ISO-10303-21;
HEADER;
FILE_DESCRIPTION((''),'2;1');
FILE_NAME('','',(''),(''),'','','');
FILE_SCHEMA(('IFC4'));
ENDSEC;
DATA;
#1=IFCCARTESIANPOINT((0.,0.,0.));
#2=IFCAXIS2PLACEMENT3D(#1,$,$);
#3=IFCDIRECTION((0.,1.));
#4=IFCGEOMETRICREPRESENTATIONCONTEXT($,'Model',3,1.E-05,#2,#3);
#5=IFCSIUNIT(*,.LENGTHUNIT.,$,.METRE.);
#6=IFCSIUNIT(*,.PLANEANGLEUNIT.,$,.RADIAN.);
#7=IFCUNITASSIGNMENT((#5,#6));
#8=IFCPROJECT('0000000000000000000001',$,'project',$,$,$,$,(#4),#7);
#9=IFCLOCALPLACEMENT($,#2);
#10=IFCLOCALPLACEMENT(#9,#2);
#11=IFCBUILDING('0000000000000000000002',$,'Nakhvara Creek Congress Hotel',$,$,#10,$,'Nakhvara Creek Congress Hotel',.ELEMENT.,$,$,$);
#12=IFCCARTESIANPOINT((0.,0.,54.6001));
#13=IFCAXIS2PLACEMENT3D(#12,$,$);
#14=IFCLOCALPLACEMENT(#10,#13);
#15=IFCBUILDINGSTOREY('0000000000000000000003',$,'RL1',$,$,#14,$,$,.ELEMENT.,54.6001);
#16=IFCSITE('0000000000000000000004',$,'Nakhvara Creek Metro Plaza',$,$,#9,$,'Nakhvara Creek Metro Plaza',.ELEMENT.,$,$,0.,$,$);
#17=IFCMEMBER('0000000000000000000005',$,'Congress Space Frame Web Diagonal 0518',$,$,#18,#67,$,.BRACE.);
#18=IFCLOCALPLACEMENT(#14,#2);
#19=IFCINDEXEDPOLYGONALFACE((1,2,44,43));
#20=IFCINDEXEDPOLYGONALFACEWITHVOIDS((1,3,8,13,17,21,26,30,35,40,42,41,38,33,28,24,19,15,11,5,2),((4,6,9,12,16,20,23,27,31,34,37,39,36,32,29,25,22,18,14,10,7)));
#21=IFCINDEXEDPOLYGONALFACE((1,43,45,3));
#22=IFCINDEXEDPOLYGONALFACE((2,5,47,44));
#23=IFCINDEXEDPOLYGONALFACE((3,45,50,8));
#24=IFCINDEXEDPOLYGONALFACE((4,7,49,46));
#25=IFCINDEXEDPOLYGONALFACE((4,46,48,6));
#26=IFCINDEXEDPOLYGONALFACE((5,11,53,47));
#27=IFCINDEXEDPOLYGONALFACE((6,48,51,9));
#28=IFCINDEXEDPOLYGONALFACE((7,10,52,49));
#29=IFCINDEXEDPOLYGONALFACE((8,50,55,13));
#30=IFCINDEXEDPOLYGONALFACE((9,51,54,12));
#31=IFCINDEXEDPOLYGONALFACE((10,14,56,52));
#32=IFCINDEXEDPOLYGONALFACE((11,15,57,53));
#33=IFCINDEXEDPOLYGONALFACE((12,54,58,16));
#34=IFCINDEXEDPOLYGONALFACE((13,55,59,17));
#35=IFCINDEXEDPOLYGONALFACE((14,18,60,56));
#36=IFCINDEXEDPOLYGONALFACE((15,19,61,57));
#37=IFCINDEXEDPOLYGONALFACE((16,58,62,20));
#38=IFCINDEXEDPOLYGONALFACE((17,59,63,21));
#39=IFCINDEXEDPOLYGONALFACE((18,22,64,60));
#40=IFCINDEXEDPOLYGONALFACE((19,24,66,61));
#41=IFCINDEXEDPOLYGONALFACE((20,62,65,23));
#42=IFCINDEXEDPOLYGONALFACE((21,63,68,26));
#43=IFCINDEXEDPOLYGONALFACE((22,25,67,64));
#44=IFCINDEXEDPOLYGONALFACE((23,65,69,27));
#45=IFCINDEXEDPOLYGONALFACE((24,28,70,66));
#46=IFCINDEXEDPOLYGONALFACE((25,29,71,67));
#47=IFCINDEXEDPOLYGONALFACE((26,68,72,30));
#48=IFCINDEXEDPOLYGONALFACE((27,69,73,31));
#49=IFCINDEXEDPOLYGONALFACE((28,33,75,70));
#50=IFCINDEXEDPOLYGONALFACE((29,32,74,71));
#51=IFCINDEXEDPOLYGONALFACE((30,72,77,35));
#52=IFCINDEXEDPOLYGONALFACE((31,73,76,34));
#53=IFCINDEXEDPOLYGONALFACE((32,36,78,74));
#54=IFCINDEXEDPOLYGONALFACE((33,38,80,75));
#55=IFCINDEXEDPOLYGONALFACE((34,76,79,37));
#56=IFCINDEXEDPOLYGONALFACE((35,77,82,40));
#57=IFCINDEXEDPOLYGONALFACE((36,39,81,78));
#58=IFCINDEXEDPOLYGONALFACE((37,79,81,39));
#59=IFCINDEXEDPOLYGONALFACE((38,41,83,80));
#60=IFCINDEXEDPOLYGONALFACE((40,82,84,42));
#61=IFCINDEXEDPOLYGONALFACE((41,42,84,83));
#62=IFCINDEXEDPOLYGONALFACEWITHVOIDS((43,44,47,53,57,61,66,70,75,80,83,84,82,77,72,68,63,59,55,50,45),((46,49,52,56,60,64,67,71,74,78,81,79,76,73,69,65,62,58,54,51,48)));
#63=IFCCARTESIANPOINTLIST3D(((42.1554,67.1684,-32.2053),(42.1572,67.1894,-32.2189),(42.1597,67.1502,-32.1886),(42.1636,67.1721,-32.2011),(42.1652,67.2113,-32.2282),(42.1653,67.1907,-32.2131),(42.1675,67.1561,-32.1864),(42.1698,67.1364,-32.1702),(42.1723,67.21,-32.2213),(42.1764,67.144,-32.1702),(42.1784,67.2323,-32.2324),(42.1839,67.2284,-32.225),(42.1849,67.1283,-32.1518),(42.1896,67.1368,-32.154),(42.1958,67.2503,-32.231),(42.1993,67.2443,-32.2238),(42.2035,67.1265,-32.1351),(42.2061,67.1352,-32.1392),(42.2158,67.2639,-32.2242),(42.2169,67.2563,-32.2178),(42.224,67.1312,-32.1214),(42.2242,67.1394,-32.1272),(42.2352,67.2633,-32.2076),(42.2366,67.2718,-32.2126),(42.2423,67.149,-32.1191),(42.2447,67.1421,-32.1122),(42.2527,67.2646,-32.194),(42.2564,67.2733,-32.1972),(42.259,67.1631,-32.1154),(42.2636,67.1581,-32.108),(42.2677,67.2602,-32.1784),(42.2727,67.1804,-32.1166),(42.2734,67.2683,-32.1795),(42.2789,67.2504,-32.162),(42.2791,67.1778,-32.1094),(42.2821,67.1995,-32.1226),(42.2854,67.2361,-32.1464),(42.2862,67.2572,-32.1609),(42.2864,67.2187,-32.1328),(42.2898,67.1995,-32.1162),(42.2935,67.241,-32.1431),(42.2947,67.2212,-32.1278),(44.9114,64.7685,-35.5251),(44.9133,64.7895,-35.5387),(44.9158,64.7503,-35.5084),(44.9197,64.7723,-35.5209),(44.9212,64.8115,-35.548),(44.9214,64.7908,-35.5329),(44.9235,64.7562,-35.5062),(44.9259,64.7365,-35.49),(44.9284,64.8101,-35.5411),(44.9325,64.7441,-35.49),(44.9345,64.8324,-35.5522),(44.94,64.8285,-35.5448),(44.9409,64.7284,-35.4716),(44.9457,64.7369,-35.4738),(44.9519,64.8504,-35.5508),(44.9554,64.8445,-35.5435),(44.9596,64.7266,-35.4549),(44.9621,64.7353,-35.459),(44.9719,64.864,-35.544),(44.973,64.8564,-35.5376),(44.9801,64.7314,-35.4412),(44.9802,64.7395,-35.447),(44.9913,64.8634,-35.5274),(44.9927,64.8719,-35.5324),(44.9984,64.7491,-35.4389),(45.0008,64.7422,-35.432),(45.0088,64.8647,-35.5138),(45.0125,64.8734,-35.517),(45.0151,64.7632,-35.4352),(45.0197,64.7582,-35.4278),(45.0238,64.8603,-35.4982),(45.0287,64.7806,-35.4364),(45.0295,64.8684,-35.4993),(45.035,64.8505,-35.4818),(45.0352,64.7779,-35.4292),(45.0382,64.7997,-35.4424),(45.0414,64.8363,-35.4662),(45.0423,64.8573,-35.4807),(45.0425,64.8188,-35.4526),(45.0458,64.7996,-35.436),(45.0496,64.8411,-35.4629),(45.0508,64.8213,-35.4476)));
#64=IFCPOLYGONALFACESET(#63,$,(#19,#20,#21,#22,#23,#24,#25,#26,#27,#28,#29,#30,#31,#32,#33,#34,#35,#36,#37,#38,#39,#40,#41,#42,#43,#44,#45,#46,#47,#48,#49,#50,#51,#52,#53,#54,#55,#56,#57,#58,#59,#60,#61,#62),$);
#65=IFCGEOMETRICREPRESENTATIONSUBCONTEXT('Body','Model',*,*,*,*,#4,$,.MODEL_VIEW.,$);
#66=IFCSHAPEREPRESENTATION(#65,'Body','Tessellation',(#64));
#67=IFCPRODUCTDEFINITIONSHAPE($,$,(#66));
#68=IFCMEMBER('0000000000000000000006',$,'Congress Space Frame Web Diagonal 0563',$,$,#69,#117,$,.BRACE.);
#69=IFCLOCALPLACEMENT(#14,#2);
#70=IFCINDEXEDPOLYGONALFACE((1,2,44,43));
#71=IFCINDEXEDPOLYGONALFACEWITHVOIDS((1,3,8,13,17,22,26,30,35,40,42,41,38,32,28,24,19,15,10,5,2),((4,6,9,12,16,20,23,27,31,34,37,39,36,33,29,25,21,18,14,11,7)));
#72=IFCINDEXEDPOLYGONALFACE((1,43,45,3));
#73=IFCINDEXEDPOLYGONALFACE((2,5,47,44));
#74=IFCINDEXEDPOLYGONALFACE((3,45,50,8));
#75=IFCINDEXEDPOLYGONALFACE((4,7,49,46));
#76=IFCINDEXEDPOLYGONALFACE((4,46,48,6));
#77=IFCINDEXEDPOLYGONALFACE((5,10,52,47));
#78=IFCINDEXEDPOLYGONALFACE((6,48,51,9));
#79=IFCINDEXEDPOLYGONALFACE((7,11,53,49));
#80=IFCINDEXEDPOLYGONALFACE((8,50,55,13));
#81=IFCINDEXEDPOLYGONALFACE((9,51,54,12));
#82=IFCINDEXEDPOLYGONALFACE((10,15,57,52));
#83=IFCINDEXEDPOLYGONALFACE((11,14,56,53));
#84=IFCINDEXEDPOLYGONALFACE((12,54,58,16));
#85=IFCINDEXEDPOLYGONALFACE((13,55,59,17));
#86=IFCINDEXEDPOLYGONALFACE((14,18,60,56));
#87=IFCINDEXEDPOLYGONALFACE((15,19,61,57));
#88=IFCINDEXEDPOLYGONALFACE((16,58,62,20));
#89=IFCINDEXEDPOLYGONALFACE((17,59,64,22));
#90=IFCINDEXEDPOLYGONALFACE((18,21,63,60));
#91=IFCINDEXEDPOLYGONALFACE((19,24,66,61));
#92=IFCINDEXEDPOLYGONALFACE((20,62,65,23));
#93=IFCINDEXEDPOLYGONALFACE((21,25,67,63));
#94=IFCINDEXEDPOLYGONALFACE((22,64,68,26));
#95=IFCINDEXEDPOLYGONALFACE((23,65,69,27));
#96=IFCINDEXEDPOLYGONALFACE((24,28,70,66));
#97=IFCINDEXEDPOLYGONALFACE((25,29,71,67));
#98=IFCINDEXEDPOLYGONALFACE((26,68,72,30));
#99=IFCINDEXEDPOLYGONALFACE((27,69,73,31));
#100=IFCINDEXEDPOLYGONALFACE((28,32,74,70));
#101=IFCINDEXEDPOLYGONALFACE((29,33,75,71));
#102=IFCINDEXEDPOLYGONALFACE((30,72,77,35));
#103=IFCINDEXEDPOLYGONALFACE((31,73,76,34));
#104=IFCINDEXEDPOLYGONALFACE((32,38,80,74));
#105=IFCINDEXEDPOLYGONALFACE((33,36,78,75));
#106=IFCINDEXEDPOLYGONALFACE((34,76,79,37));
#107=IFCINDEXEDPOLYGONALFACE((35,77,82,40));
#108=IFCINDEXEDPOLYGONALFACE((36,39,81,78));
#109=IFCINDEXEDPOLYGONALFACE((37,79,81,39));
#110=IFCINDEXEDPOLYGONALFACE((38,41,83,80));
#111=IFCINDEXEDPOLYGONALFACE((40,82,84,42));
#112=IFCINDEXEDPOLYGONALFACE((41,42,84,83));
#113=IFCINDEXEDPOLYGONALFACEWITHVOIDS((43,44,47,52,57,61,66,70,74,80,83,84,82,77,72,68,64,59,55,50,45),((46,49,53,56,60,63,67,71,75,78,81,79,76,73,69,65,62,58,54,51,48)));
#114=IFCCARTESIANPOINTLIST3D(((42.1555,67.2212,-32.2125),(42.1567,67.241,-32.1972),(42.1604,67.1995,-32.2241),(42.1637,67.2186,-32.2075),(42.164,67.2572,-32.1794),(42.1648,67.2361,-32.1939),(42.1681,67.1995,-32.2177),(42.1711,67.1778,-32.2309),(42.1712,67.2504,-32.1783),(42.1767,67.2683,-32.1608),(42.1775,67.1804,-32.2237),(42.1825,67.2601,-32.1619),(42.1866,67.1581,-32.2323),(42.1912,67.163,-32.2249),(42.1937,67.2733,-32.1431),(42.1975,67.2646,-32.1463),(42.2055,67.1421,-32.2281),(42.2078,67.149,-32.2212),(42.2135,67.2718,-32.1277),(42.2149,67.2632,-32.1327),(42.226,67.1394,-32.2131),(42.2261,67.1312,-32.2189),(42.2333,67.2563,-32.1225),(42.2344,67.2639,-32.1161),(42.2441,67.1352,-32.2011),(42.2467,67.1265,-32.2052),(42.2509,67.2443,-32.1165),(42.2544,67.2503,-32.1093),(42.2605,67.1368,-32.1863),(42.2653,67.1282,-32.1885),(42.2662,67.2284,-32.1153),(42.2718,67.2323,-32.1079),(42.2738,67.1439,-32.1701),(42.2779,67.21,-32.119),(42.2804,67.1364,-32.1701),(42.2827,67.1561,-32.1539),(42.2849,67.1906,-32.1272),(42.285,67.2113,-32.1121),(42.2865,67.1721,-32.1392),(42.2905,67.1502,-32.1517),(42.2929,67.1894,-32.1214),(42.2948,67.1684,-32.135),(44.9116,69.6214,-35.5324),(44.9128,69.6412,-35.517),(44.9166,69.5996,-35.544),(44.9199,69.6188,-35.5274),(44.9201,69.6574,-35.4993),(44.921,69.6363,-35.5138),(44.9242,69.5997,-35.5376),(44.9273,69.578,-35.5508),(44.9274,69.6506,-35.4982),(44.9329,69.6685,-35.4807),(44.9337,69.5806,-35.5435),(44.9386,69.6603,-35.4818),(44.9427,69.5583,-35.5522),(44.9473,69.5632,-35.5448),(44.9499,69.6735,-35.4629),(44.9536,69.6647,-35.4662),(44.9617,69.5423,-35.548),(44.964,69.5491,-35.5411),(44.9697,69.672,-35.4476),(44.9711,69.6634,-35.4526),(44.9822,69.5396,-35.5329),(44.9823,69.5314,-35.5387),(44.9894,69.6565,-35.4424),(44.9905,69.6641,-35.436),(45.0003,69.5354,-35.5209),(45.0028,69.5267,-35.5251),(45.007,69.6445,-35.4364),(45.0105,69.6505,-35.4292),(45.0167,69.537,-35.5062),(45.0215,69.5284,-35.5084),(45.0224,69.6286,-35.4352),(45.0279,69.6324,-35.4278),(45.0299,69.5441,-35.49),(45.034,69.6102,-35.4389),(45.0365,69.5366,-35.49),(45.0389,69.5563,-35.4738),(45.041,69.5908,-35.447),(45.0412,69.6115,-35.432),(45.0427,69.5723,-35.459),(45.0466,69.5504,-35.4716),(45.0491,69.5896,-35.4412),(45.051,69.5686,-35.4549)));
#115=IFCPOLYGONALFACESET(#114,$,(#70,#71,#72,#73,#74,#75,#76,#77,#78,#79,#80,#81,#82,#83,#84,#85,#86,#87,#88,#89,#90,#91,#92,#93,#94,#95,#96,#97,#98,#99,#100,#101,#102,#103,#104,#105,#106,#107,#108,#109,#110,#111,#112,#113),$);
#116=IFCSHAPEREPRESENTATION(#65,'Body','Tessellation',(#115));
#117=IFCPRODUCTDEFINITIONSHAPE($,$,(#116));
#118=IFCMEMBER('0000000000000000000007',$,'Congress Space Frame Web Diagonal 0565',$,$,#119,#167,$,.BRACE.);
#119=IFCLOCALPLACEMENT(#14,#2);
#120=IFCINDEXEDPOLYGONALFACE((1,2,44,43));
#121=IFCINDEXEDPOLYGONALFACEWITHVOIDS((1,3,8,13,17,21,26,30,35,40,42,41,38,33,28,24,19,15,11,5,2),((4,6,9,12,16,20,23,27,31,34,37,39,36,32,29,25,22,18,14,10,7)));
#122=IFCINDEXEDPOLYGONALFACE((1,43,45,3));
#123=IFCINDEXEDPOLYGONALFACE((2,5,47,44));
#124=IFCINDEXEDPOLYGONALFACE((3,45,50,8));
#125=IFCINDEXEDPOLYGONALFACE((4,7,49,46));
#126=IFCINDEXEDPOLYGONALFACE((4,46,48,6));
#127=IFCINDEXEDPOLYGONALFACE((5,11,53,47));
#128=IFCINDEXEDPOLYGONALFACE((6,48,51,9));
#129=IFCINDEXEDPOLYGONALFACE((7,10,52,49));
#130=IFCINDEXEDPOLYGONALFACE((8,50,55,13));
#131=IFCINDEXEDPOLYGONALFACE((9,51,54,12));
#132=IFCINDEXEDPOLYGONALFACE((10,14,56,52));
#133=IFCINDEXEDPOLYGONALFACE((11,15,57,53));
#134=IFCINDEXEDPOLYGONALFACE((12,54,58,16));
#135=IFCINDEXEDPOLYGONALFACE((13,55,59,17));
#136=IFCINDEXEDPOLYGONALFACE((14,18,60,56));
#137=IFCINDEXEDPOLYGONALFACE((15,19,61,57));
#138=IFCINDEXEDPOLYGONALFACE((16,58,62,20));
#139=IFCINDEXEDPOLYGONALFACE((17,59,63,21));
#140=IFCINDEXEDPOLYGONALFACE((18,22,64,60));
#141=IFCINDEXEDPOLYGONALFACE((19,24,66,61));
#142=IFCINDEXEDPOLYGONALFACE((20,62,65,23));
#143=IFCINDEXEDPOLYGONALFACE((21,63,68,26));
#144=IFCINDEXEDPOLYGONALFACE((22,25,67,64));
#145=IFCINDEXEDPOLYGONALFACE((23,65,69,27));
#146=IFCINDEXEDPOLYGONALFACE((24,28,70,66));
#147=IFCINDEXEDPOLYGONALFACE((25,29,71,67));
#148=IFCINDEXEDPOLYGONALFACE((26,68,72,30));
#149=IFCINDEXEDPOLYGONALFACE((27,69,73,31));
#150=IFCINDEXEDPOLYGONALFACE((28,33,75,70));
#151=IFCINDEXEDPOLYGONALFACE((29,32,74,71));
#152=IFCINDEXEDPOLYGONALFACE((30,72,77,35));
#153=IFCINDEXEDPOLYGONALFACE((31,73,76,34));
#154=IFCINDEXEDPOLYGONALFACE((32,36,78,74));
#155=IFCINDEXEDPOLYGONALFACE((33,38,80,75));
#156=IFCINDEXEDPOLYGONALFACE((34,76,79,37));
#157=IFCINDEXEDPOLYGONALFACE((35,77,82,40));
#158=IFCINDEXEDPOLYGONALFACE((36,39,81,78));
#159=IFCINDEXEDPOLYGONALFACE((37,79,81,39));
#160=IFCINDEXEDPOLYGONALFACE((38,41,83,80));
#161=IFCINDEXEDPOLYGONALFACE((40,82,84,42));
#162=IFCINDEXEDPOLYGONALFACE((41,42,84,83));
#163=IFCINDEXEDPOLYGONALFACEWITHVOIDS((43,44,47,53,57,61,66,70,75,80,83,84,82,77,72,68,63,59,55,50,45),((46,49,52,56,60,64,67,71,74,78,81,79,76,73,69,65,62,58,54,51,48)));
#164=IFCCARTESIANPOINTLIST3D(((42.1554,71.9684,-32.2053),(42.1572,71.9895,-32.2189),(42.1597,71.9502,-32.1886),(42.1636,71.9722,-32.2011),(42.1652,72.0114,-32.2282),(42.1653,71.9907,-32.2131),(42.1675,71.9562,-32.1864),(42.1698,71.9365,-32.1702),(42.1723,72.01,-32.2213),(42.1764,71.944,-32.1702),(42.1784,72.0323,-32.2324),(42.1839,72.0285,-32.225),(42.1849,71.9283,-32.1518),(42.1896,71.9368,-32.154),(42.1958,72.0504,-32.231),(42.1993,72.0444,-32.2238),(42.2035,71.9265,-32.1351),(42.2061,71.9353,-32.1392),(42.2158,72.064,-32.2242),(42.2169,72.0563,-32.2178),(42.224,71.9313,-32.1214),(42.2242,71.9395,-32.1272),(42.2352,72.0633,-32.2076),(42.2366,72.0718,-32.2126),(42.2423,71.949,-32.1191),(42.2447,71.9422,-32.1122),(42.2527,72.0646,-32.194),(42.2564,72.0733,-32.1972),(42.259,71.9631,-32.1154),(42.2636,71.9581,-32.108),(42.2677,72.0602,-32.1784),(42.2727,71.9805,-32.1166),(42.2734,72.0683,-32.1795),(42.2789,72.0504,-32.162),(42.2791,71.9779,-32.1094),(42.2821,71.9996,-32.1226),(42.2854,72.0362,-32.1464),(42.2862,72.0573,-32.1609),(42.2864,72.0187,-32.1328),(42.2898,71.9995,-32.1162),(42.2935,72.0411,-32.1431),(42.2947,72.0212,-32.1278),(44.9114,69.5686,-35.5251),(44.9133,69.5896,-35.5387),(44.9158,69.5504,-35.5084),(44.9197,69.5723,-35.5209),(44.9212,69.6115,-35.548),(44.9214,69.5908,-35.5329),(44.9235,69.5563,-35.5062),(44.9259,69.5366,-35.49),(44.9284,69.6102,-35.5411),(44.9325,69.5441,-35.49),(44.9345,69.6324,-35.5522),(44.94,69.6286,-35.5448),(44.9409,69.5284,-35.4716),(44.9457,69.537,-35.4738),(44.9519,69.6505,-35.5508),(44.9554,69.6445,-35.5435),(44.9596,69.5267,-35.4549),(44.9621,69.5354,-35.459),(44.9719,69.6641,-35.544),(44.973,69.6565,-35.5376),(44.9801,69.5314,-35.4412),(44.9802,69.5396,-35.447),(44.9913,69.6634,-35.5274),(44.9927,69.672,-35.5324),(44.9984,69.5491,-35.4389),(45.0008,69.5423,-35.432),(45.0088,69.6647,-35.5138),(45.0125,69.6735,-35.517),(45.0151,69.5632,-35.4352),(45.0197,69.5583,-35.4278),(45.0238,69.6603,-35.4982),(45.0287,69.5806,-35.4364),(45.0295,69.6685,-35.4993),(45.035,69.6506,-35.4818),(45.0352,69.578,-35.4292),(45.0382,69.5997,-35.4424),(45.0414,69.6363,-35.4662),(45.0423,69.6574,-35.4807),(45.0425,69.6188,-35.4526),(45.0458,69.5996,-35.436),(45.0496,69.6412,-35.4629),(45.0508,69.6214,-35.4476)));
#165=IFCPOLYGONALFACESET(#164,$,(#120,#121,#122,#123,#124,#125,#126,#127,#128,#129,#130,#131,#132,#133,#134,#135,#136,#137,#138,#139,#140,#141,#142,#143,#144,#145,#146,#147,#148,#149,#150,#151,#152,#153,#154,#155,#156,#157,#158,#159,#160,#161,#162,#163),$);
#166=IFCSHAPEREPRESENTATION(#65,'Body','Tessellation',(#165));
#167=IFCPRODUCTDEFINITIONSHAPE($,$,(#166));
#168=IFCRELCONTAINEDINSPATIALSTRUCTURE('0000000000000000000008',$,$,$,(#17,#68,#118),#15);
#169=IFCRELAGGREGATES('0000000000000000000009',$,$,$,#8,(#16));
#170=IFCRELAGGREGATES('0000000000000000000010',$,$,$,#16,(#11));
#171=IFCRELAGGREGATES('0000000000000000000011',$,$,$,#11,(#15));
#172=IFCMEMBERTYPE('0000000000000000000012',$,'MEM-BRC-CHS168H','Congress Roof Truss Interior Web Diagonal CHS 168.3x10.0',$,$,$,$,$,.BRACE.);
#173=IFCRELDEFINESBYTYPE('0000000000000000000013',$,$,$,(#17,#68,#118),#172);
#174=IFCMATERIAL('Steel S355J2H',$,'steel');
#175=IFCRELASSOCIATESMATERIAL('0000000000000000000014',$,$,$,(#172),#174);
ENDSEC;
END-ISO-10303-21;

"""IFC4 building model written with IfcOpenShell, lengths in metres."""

from ifc_helpers import new_model, si_unit, direction, frame, origin, origin_2d, place, context, subcontext, project, spatial, hollow_circle, extrude, material, material_profile, profile_set, type_object, element, save


model = new_model("IFC4")

# Units and contexts
model_context = context("Model", 3, precision=1e-05, world=origin(), true_north=direction((0.0, 1.0)))
body_context = subcontext(model_context, "Body", "Model", "MODEL_VIEW")
ifc_project = project(units=[si_unit("LENGTHUNIT", "METRE"), si_unit("PLANEANGLEUNIT", "RADIAN")], contexts=[model_context])

# Site, building, storey
site_placement = place(None, origin())
site = spatial("IfcSite", under=ifc_project, at=site_placement, Name="Nakhvara Creek Metro Plaza", LongName="Nakhvara Creek Metro Plaza", CompositionType="ELEMENT", RefElevation=0.0)
building_placement = place(site_placement, origin())
building = spatial("IfcBuilding", under=site, at=building_placement, Name="Nakhvara Creek Congress Hotel", LongName="Nakhvara Creek Congress Hotel", CompositionType="ELEMENT")
storey_placement = place(building_placement, frame((0.0, 0.0, 54.6001)))
storey = spatial("IfcBuildingStorey", under=building, at=storey_placement, Name="RL1", CompositionType="ELEMENT", Elevation=54.6001)

# Members
ifc_material_1 = material(Name="Steel S355J2H", Category="steel")
ifc_material_profile_1 = material_profile(ifc_material_1, hollow_circle(Radius=0.0842, WallThickness=0.01, at=origin_2d()), Name="CHS 168.3x10.0", Category="LoadBearing")
ifc_profile_set_1 = profile_set([ifc_material_profile_1], Name="Steel S355J2H")
member_type_1 = type_object("IfcMemberType", Name="MEM-BRC-CHS168H", Description="Congress Roof Truss Interior Web Diagonal CHS 168.3x10.0", PredefinedType="BRACE", material=ifc_profile_set_1)
member_1_placement = place(storey_placement, frame((44.9812, 64.8, -35.49), z_axis=(-0.558221, 0.486076, 0.672398), x_axis=(-0.656691, -0.75416, 0.0)))
element("IfcMember", 1, at=member_1_placement, inside=storey, type_object=member_type_1, Name="Congress Space Frame Web Diagonal 0518", PredefinedType="BRACE", context=body_context, shape_type="SweptSolid", body=[
    extrude(hollow_circle(Radius=0.0842, WallThickness=0.01, at=origin_2d()), origin(), (0.0, 0.0, 1.0), 4.9373),
])
member_2_placement = place(storey_placement, frame((44.9812, 69.6001, -35.49), z_axis=(-0.558208, -0.486114, 0.672381), x_axis=(0.656729, -0.754126, 0.0)))
element("IfcMember", 2, at=member_2_placement, inside=storey, type_object=member_type_1, Name="Congress Space Frame Web Diagonal 0563", PredefinedType="BRACE", context=body_context, shape_type="SweptSolid", body=[
    extrude(hollow_circle(Radius=0.0842, WallThickness=0.01, at=origin_2d()), origin(), (0.0, 0.0, 1.0), 4.9375),
])
member_3_placement = place(storey_placement, frame((44.9812, 69.6001, -35.49), z_axis=(-0.558221, 0.486076, 0.672398), x_axis=(-0.656691, -0.75416, 0.0)))
element("IfcMember", 3, at=member_3_placement, inside=storey, type_object=member_type_1, Name="Congress Space Frame Web Diagonal 0565", PredefinedType="BRACE", context=body_context, shape_type="SweptSolid", body=[
    extrude(hollow_circle(Radius=0.0842, WallThickness=0.01, at=origin_2d()), origin(), (0.0, 0.0, 1.0), 4.9373),
])

save(model, "model.ifc")
